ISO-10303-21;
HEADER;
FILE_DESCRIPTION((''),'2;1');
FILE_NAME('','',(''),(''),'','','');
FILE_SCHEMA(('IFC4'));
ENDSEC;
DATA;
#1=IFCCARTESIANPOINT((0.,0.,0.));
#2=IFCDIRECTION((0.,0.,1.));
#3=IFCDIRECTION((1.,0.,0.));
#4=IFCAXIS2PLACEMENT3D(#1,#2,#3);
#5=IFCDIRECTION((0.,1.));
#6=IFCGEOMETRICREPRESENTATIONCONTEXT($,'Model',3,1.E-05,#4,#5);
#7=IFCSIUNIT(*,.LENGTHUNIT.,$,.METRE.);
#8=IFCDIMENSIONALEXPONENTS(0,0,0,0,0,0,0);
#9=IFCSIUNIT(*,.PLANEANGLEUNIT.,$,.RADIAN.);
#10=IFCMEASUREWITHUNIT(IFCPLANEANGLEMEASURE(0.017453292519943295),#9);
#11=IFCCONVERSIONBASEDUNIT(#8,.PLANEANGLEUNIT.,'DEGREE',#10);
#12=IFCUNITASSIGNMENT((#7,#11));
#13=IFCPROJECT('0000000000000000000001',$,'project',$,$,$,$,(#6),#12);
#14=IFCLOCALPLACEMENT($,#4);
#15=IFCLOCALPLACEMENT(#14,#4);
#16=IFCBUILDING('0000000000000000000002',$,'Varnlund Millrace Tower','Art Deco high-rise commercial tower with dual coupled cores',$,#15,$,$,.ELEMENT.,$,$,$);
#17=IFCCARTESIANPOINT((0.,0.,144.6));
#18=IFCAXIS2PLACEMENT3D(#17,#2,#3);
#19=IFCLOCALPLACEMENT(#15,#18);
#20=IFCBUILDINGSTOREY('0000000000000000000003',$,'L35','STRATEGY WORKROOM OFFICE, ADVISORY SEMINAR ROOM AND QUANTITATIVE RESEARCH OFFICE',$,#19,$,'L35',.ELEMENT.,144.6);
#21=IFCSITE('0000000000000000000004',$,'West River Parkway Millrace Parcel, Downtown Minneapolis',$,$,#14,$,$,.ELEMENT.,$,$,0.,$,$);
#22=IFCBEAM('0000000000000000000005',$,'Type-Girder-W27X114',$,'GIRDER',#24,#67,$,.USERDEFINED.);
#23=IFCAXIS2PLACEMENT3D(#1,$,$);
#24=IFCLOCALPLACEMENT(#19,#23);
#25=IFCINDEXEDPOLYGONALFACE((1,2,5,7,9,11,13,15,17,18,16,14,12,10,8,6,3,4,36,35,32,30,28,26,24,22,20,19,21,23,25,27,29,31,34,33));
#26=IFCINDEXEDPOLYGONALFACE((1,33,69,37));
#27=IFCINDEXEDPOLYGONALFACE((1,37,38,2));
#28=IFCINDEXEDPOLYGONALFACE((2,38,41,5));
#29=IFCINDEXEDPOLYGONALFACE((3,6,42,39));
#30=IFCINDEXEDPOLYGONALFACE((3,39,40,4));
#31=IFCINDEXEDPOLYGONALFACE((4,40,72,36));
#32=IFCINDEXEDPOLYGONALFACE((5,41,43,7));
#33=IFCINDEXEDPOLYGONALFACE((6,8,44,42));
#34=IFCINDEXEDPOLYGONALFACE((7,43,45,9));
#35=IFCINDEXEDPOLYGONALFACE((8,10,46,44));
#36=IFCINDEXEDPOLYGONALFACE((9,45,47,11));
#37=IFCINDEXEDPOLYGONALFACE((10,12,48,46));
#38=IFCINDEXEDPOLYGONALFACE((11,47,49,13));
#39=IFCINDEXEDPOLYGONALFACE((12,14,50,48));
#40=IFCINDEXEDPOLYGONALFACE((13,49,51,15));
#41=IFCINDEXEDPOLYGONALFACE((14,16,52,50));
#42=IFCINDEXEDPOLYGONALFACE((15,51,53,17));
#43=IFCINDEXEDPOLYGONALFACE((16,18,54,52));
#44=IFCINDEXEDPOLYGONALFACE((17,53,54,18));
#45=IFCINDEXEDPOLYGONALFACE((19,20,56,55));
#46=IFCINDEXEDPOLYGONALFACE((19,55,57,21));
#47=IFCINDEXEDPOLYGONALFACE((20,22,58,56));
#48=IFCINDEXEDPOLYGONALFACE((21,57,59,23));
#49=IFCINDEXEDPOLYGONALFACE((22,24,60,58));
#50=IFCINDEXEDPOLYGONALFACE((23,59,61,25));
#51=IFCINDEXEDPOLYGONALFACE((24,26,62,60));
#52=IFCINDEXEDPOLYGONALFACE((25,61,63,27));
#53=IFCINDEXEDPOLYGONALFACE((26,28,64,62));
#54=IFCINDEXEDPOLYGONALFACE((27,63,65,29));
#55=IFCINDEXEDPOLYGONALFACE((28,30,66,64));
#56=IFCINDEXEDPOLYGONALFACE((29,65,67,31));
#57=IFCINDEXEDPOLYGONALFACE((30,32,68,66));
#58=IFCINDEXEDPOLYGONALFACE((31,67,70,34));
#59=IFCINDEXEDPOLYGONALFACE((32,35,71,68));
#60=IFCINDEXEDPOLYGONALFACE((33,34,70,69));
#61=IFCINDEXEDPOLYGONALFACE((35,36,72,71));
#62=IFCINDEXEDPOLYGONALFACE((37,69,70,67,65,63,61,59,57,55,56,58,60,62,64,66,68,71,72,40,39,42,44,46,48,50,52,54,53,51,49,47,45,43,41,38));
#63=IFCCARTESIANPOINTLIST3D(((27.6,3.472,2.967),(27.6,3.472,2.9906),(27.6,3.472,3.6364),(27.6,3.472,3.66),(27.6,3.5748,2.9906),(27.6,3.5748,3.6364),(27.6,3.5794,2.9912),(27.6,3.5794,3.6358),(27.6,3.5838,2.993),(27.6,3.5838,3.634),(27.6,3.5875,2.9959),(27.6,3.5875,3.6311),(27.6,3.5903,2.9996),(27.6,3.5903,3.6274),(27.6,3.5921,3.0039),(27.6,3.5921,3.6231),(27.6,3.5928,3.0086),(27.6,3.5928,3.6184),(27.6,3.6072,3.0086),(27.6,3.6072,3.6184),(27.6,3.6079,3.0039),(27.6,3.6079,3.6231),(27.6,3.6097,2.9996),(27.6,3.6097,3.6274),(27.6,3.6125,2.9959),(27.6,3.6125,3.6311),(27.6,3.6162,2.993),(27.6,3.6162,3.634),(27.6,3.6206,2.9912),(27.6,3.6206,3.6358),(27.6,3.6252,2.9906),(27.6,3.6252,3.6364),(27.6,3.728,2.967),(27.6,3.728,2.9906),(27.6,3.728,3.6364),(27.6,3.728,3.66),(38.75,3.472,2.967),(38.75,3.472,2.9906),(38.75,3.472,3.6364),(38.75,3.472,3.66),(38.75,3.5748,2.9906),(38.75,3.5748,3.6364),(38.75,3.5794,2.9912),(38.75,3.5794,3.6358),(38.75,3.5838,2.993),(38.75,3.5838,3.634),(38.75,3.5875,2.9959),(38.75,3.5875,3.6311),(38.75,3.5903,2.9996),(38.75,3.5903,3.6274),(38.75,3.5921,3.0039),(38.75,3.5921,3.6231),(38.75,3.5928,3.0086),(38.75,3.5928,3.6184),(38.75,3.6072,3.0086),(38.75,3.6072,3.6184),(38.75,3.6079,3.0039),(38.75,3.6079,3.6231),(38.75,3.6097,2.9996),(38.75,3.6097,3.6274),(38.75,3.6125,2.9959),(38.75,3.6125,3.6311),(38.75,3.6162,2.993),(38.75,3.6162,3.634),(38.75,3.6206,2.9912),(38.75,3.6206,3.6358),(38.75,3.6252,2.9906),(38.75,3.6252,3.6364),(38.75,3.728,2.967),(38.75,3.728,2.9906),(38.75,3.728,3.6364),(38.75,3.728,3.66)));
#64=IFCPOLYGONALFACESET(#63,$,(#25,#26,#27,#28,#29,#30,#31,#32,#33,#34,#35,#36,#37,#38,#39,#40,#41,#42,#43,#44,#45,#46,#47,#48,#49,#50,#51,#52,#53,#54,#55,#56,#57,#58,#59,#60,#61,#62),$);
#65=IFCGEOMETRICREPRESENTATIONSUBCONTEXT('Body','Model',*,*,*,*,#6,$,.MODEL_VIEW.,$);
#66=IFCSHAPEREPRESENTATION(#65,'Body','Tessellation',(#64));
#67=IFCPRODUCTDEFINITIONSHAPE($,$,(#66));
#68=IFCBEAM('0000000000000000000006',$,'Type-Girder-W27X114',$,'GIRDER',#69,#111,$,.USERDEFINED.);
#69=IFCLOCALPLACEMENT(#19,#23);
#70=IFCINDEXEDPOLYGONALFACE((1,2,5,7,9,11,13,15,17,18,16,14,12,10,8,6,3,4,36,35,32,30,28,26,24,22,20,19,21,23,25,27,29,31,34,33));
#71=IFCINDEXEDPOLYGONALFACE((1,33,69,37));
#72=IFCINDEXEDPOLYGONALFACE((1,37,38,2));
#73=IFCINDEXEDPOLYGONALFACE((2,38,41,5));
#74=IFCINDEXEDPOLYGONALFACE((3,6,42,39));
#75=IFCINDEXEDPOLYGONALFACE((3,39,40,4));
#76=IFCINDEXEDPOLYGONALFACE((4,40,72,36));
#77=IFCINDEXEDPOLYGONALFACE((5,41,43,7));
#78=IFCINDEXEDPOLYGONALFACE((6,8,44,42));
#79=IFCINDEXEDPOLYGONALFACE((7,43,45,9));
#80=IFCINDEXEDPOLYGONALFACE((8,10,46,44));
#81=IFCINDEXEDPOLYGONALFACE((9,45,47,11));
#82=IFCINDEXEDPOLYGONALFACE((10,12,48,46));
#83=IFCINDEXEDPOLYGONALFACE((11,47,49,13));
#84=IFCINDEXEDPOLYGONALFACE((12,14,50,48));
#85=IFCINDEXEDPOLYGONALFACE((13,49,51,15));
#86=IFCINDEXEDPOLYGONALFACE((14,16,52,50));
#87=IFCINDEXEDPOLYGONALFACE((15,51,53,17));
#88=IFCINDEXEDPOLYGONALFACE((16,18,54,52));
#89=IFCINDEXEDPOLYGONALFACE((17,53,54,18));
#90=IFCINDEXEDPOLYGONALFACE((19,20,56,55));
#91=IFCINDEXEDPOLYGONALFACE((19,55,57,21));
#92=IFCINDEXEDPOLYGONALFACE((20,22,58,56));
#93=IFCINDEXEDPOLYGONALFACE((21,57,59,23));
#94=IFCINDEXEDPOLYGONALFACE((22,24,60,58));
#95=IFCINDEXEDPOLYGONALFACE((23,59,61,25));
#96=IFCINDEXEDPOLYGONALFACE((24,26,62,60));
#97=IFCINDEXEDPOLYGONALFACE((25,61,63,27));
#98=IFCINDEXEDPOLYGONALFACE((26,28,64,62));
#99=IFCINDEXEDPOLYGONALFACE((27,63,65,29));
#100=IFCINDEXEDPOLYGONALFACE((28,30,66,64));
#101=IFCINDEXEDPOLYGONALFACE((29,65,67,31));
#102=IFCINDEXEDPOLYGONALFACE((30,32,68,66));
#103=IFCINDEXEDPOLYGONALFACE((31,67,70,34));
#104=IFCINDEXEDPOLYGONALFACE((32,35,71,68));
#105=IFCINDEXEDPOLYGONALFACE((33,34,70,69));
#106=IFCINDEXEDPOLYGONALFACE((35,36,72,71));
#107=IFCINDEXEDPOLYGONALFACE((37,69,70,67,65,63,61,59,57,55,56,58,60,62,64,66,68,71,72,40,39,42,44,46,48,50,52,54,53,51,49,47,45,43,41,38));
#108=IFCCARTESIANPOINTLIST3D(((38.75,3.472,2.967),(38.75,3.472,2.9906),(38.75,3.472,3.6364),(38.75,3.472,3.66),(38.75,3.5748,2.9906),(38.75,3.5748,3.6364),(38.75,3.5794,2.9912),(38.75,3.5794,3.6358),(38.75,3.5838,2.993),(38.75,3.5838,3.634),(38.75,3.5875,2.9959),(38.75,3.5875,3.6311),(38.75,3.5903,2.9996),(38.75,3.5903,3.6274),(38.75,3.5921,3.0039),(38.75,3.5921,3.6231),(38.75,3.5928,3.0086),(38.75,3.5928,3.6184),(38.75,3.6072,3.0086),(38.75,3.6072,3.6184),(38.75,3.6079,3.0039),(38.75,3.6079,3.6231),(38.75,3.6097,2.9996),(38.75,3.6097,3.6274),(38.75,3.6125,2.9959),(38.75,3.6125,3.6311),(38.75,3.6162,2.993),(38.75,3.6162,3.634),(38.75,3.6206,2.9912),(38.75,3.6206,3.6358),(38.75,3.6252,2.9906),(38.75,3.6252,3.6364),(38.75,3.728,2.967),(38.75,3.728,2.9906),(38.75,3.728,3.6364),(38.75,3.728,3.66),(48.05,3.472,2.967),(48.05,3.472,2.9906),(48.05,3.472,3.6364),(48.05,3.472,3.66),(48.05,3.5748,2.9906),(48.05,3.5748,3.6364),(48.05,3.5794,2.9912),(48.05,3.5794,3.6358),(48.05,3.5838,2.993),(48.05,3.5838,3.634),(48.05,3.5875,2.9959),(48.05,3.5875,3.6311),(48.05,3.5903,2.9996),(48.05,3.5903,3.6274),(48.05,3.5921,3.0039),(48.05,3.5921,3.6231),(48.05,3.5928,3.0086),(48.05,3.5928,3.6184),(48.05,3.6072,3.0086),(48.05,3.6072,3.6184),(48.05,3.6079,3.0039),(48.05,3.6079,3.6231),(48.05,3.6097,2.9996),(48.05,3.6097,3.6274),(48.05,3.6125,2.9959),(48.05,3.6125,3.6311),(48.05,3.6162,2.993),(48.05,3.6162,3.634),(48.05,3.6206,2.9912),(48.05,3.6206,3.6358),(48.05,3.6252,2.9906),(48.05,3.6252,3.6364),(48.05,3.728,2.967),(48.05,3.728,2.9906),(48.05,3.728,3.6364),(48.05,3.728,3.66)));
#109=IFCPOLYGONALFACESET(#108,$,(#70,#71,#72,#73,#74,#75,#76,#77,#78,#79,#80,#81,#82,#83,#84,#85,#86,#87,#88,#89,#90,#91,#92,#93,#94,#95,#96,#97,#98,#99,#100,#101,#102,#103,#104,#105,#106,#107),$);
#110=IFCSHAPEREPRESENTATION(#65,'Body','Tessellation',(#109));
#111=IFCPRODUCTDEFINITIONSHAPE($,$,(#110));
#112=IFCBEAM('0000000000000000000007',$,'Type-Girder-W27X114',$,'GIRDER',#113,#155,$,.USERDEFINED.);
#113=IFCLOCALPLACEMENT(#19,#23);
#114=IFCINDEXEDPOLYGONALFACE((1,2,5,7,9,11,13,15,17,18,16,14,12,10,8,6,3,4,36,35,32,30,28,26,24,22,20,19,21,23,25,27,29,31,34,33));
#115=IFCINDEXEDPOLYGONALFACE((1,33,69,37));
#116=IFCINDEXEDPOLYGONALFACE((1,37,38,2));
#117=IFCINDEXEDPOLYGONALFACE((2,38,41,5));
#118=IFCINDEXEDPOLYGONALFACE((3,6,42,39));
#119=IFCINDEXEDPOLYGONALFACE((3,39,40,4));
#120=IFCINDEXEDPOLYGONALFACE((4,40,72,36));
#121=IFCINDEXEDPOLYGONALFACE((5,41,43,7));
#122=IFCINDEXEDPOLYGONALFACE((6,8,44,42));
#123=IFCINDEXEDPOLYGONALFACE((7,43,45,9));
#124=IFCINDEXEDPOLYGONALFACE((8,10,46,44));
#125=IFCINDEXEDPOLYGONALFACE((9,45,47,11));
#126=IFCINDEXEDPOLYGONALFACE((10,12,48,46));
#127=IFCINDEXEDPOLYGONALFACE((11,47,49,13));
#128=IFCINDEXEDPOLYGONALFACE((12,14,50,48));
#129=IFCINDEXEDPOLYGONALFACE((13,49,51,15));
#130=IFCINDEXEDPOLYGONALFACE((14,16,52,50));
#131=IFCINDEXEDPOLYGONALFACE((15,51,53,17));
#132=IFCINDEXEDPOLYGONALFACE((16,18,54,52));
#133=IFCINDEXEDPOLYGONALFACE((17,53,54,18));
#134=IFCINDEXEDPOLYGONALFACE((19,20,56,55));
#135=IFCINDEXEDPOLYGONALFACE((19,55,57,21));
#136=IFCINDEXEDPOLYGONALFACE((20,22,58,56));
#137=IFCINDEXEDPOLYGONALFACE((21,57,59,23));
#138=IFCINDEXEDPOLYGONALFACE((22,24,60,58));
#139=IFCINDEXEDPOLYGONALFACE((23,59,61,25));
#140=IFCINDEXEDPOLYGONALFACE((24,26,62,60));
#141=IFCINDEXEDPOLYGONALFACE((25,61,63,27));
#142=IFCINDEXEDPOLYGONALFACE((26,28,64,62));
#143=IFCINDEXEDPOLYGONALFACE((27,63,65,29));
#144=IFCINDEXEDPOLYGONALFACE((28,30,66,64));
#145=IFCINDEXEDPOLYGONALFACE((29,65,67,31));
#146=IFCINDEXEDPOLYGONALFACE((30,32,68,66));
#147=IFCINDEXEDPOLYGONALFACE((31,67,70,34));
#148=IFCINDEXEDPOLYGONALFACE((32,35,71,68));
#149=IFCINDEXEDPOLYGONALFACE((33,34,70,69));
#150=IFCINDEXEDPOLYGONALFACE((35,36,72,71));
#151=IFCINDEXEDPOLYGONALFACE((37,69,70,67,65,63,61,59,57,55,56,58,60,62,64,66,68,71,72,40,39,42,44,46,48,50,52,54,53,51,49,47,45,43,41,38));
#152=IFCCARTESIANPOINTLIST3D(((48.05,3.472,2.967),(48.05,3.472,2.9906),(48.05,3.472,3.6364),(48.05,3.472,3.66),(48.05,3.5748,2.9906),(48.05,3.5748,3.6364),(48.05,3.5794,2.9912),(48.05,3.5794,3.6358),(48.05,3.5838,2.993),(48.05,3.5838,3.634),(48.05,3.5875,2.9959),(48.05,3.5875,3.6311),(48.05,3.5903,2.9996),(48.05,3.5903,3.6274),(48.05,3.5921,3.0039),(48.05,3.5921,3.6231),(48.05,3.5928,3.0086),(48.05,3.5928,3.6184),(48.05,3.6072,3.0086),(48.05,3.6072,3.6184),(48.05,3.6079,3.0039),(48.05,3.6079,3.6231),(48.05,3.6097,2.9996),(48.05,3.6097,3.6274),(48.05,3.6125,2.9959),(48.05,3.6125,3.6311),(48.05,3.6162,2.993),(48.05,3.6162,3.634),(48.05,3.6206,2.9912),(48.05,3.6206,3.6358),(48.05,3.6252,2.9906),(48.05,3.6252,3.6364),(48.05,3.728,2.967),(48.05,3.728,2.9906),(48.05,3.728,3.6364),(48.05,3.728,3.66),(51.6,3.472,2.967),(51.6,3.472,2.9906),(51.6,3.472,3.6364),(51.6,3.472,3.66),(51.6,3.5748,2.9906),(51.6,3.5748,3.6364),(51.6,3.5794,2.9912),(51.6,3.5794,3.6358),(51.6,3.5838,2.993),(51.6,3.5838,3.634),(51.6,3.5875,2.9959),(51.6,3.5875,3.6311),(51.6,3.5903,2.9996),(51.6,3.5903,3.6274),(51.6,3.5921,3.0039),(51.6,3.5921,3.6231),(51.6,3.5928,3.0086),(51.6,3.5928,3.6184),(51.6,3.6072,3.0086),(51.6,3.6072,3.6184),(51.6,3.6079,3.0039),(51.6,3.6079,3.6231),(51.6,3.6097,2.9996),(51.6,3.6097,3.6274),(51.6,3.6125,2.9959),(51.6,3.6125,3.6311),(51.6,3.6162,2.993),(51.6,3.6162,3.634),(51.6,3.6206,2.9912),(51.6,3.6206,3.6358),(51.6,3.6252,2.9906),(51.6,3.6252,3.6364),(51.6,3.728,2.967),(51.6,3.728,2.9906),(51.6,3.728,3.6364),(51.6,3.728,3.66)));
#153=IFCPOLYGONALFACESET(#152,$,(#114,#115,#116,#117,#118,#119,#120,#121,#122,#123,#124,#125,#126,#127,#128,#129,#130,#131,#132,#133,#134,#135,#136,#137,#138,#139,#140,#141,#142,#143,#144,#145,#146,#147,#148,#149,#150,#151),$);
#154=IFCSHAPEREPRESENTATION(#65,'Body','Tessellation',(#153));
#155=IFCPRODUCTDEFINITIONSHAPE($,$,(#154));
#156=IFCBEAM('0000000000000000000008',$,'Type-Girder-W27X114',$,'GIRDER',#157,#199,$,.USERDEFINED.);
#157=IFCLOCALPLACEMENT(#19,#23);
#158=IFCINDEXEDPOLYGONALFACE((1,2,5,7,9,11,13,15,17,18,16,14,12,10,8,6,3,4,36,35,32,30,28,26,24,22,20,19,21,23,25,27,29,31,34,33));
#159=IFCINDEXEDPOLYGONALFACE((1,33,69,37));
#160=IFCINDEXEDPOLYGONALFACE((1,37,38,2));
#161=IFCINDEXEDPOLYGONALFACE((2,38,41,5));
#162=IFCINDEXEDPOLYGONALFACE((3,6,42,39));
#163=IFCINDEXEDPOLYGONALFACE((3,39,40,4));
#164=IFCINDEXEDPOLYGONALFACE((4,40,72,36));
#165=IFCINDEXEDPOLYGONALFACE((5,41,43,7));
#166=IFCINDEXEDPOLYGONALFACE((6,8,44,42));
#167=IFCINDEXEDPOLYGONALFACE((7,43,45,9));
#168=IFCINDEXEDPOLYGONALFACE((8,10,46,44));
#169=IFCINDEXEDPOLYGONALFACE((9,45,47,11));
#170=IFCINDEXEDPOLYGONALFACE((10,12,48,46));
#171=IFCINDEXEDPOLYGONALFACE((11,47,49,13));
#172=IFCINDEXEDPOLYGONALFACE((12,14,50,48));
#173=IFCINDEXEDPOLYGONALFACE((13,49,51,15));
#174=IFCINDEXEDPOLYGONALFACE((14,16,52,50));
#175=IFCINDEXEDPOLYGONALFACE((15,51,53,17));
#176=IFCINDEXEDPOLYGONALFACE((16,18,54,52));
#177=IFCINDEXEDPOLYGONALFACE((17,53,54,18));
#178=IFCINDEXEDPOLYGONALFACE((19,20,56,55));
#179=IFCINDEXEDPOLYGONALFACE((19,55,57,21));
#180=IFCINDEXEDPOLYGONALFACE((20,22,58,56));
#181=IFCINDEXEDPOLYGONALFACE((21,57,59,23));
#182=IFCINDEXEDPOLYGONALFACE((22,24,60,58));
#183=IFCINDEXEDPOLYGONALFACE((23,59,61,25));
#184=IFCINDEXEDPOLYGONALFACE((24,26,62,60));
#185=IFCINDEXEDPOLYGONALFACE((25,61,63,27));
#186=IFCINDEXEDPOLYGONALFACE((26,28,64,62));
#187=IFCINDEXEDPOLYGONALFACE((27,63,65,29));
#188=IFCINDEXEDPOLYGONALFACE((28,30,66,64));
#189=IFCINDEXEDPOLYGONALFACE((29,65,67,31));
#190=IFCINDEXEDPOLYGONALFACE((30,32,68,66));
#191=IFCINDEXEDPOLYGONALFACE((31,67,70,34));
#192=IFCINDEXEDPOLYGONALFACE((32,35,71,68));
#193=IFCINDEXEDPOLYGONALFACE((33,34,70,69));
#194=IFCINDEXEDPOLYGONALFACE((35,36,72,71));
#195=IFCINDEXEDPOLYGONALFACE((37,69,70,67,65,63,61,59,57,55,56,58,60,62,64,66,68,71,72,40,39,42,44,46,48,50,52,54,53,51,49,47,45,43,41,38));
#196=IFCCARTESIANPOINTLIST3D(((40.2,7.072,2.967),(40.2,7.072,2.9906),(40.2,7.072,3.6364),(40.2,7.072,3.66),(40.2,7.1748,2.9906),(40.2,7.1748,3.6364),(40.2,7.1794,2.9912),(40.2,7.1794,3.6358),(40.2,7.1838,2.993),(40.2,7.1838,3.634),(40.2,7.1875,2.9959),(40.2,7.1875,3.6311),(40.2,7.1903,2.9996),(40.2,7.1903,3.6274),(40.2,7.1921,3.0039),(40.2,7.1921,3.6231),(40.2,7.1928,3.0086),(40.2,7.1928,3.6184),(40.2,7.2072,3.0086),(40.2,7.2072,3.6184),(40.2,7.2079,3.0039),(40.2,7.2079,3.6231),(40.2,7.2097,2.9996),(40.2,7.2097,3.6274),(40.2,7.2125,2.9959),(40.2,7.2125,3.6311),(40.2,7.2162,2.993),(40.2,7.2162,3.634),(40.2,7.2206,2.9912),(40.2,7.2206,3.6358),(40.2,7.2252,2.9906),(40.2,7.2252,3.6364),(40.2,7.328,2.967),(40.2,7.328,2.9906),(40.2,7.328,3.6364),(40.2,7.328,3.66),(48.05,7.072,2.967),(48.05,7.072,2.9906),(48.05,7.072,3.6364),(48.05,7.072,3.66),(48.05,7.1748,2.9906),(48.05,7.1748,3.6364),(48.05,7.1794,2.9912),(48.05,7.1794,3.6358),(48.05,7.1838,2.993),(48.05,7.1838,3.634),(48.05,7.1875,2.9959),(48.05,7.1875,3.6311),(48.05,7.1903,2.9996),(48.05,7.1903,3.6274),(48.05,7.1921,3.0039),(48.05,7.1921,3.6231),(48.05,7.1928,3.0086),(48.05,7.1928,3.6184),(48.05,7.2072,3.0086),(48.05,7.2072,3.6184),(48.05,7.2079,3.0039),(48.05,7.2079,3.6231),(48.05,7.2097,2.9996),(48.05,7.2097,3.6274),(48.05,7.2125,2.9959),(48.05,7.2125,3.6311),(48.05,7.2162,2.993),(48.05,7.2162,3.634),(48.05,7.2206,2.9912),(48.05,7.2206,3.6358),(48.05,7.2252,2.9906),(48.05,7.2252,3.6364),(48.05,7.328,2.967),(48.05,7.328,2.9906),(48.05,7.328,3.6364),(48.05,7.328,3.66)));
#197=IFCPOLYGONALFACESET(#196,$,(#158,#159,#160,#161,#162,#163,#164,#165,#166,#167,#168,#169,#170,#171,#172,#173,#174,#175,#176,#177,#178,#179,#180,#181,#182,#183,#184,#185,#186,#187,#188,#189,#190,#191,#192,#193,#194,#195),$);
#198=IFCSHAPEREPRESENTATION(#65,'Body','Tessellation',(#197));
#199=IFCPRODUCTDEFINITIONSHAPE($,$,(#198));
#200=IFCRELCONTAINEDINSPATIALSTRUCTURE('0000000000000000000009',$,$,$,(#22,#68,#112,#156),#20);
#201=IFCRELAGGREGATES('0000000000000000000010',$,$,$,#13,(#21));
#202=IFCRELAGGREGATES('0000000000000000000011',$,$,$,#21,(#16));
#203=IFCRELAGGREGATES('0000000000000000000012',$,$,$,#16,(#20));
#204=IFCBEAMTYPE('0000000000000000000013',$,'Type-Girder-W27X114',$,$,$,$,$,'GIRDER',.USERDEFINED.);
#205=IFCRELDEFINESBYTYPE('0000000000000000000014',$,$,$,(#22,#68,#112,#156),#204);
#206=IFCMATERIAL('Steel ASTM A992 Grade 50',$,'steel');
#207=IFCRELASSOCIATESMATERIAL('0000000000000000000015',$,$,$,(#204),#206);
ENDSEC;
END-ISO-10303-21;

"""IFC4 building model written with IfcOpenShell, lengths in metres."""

from ifc_helpers import new_model, entity, si_unit, converted_unit, direction, frame, origin_with_axes, origin_2d_with_axis, place, context, subcontext, project, spatial, i_section, extrude, material, material_profile, profile_set, type_object, element, save


model = new_model("IFC4")

# Units and contexts
model_context = context("Model", 3, precision=1e-05, world=origin_with_axes(), true_north=direction((0.0, 1.0)))
body_context = subcontext(model_context, "Body", "Model", "MODEL_VIEW")
ifc_project = project(units=[si_unit("LENGTHUNIT", "METRE"), converted_unit("PLANEANGLEUNIT", "DEGREE", entity("IfcPlaneAngleMeasure", 0.017453292519943295), si_unit("PLANEANGLEUNIT", "RADIAN"), dimensions=[0, 0, 0, 0, 0, 0, 0])], contexts=[model_context])

# Site, building, storey
site_placement = place(None, origin_with_axes())
site = spatial("IfcSite", under=ifc_project, at=site_placement, Name="West River Parkway Millrace Parcel, Downtown Minneapolis", CompositionType="ELEMENT", RefElevation=0.0)
building_placement = place(site_placement, origin_with_axes())
building = spatial("IfcBuilding", under=site, at=building_placement, Name="Varnlund Millrace Tower", Description="Art Deco high-rise commercial tower with dual coupled cores", CompositionType="ELEMENT")
storey_placement = place(building_placement, frame((0.0, 0.0, 144.6), z_axis=(0.0, 0.0, 1.0), x_axis=(1.0, 0.0, 0.0)))
storey = spatial("IfcBuildingStorey", under=building, at=storey_placement, Name="L35", Description="STRATEGY WORKROOM OFFICE, ADVISORY SEMINAR ROOM AND QUANTITATIVE RESEARCH OFFICE", LongName="L35", CompositionType="ELEMENT", Elevation=144.6)

# Beams
ifc_material_1 = material(Name="Steel ASTM A992 Grade 50", Category="steel")
ifc_material_profile_1 = material_profile(ifc_material_1, i_section(OverallWidth=0.256, OverallDepth=0.693, WebThickness=0.0145, FlangeThickness=0.0236, FilletRadius=0.018, at=origin_2d_with_axis()), Name="Steel ASTM A992 Grade 50")
ifc_profile_set_1 = profile_set([ifc_material_profile_1], Name="Steel ASTM A992 Grade 50")
beam_type_1 = type_object("IfcBeamType", Name="Type-Girder-W27X114", ElementType="GIRDER", PredefinedType="USERDEFINED", material=ifc_profile_set_1)
beam_1_placement = place(storey_placement, frame((27.6, 3.6, 3.3135), z_axis=(1.0, 0.0, 0.0), x_axis=(0.0, 1.0, 0.0)))
element("IfcBeam", 1, at=beam_1_placement, inside=storey, type_object=beam_type_1, Name="Type-Girder-W27X114", ObjectType="GIRDER", PredefinedType="USERDEFINED", context=body_context, shape_type="SweptSolid", body=[
    extrude(i_section(OverallWidth=0.256, OverallDepth=0.693, WebThickness=0.0145, FlangeThickness=0.0236, FilletRadius=0.018, at=origin_2d_with_axis()), origin_with_axes(), (0.0, 0.0, 1.0), 11.15),
])
beam_2_placement = place(storey_placement, frame((38.75, 3.6, 3.3135), z_axis=(1.0, 0.0, 0.0), x_axis=(0.0, 1.0, 0.0)))
element("IfcBeam", 2, at=beam_2_placement, inside=storey, type_object=beam_type_1, Name="Type-Girder-W27X114", ObjectType="GIRDER", PredefinedType="USERDEFINED", context=body_context, shape_type="SweptSolid", body=[
    extrude(i_section(OverallWidth=0.256, OverallDepth=0.693, WebThickness=0.0145, FlangeThickness=0.0236, FilletRadius=0.018, at=origin_2d_with_axis()), origin_with_axes(), (0.0, 0.0, 1.0), 9.3),
])
beam_3_placement = place(storey_placement, frame((48.05, 3.6, 3.3135), z_axis=(1.0, 0.0, 0.0), x_axis=(0.0, 1.0, 0.0)))
element("IfcBeam", 3, at=beam_3_placement, inside=storey, type_object=beam_type_1, Name="Type-Girder-W27X114", ObjectType="GIRDER", PredefinedType="USERDEFINED", context=body_context, shape_type="SweptSolid", body=[
    extrude(i_section(OverallWidth=0.256, OverallDepth=0.693, WebThickness=0.0145, FlangeThickness=0.0236, FilletRadius=0.018, at=origin_2d_with_axis()), origin_with_axes(), (0.0, 0.0, 1.0), 3.55),
])
beam_4_placement = place(storey_placement, frame((40.2, 7.2, 3.3135), z_axis=(1.0, 0.0, 0.0), x_axis=(0.0, 1.0, 0.0)))
element("IfcBeam", 4, at=beam_4_placement, inside=storey, type_object=beam_type_1, Name="Type-Girder-W27X114", ObjectType="GIRDER", PredefinedType="USERDEFINED", context=body_context, shape_type="SweptSolid", body=[
    extrude(i_section(OverallWidth=0.256, OverallDepth=0.693, WebThickness=0.0145, FlangeThickness=0.0236, FilletRadius=0.018, at=origin_2d_with_axis()), origin_with_axes(), (0.0, 0.0, 1.0), 7.85),
])

save(model, "model.ifc")
